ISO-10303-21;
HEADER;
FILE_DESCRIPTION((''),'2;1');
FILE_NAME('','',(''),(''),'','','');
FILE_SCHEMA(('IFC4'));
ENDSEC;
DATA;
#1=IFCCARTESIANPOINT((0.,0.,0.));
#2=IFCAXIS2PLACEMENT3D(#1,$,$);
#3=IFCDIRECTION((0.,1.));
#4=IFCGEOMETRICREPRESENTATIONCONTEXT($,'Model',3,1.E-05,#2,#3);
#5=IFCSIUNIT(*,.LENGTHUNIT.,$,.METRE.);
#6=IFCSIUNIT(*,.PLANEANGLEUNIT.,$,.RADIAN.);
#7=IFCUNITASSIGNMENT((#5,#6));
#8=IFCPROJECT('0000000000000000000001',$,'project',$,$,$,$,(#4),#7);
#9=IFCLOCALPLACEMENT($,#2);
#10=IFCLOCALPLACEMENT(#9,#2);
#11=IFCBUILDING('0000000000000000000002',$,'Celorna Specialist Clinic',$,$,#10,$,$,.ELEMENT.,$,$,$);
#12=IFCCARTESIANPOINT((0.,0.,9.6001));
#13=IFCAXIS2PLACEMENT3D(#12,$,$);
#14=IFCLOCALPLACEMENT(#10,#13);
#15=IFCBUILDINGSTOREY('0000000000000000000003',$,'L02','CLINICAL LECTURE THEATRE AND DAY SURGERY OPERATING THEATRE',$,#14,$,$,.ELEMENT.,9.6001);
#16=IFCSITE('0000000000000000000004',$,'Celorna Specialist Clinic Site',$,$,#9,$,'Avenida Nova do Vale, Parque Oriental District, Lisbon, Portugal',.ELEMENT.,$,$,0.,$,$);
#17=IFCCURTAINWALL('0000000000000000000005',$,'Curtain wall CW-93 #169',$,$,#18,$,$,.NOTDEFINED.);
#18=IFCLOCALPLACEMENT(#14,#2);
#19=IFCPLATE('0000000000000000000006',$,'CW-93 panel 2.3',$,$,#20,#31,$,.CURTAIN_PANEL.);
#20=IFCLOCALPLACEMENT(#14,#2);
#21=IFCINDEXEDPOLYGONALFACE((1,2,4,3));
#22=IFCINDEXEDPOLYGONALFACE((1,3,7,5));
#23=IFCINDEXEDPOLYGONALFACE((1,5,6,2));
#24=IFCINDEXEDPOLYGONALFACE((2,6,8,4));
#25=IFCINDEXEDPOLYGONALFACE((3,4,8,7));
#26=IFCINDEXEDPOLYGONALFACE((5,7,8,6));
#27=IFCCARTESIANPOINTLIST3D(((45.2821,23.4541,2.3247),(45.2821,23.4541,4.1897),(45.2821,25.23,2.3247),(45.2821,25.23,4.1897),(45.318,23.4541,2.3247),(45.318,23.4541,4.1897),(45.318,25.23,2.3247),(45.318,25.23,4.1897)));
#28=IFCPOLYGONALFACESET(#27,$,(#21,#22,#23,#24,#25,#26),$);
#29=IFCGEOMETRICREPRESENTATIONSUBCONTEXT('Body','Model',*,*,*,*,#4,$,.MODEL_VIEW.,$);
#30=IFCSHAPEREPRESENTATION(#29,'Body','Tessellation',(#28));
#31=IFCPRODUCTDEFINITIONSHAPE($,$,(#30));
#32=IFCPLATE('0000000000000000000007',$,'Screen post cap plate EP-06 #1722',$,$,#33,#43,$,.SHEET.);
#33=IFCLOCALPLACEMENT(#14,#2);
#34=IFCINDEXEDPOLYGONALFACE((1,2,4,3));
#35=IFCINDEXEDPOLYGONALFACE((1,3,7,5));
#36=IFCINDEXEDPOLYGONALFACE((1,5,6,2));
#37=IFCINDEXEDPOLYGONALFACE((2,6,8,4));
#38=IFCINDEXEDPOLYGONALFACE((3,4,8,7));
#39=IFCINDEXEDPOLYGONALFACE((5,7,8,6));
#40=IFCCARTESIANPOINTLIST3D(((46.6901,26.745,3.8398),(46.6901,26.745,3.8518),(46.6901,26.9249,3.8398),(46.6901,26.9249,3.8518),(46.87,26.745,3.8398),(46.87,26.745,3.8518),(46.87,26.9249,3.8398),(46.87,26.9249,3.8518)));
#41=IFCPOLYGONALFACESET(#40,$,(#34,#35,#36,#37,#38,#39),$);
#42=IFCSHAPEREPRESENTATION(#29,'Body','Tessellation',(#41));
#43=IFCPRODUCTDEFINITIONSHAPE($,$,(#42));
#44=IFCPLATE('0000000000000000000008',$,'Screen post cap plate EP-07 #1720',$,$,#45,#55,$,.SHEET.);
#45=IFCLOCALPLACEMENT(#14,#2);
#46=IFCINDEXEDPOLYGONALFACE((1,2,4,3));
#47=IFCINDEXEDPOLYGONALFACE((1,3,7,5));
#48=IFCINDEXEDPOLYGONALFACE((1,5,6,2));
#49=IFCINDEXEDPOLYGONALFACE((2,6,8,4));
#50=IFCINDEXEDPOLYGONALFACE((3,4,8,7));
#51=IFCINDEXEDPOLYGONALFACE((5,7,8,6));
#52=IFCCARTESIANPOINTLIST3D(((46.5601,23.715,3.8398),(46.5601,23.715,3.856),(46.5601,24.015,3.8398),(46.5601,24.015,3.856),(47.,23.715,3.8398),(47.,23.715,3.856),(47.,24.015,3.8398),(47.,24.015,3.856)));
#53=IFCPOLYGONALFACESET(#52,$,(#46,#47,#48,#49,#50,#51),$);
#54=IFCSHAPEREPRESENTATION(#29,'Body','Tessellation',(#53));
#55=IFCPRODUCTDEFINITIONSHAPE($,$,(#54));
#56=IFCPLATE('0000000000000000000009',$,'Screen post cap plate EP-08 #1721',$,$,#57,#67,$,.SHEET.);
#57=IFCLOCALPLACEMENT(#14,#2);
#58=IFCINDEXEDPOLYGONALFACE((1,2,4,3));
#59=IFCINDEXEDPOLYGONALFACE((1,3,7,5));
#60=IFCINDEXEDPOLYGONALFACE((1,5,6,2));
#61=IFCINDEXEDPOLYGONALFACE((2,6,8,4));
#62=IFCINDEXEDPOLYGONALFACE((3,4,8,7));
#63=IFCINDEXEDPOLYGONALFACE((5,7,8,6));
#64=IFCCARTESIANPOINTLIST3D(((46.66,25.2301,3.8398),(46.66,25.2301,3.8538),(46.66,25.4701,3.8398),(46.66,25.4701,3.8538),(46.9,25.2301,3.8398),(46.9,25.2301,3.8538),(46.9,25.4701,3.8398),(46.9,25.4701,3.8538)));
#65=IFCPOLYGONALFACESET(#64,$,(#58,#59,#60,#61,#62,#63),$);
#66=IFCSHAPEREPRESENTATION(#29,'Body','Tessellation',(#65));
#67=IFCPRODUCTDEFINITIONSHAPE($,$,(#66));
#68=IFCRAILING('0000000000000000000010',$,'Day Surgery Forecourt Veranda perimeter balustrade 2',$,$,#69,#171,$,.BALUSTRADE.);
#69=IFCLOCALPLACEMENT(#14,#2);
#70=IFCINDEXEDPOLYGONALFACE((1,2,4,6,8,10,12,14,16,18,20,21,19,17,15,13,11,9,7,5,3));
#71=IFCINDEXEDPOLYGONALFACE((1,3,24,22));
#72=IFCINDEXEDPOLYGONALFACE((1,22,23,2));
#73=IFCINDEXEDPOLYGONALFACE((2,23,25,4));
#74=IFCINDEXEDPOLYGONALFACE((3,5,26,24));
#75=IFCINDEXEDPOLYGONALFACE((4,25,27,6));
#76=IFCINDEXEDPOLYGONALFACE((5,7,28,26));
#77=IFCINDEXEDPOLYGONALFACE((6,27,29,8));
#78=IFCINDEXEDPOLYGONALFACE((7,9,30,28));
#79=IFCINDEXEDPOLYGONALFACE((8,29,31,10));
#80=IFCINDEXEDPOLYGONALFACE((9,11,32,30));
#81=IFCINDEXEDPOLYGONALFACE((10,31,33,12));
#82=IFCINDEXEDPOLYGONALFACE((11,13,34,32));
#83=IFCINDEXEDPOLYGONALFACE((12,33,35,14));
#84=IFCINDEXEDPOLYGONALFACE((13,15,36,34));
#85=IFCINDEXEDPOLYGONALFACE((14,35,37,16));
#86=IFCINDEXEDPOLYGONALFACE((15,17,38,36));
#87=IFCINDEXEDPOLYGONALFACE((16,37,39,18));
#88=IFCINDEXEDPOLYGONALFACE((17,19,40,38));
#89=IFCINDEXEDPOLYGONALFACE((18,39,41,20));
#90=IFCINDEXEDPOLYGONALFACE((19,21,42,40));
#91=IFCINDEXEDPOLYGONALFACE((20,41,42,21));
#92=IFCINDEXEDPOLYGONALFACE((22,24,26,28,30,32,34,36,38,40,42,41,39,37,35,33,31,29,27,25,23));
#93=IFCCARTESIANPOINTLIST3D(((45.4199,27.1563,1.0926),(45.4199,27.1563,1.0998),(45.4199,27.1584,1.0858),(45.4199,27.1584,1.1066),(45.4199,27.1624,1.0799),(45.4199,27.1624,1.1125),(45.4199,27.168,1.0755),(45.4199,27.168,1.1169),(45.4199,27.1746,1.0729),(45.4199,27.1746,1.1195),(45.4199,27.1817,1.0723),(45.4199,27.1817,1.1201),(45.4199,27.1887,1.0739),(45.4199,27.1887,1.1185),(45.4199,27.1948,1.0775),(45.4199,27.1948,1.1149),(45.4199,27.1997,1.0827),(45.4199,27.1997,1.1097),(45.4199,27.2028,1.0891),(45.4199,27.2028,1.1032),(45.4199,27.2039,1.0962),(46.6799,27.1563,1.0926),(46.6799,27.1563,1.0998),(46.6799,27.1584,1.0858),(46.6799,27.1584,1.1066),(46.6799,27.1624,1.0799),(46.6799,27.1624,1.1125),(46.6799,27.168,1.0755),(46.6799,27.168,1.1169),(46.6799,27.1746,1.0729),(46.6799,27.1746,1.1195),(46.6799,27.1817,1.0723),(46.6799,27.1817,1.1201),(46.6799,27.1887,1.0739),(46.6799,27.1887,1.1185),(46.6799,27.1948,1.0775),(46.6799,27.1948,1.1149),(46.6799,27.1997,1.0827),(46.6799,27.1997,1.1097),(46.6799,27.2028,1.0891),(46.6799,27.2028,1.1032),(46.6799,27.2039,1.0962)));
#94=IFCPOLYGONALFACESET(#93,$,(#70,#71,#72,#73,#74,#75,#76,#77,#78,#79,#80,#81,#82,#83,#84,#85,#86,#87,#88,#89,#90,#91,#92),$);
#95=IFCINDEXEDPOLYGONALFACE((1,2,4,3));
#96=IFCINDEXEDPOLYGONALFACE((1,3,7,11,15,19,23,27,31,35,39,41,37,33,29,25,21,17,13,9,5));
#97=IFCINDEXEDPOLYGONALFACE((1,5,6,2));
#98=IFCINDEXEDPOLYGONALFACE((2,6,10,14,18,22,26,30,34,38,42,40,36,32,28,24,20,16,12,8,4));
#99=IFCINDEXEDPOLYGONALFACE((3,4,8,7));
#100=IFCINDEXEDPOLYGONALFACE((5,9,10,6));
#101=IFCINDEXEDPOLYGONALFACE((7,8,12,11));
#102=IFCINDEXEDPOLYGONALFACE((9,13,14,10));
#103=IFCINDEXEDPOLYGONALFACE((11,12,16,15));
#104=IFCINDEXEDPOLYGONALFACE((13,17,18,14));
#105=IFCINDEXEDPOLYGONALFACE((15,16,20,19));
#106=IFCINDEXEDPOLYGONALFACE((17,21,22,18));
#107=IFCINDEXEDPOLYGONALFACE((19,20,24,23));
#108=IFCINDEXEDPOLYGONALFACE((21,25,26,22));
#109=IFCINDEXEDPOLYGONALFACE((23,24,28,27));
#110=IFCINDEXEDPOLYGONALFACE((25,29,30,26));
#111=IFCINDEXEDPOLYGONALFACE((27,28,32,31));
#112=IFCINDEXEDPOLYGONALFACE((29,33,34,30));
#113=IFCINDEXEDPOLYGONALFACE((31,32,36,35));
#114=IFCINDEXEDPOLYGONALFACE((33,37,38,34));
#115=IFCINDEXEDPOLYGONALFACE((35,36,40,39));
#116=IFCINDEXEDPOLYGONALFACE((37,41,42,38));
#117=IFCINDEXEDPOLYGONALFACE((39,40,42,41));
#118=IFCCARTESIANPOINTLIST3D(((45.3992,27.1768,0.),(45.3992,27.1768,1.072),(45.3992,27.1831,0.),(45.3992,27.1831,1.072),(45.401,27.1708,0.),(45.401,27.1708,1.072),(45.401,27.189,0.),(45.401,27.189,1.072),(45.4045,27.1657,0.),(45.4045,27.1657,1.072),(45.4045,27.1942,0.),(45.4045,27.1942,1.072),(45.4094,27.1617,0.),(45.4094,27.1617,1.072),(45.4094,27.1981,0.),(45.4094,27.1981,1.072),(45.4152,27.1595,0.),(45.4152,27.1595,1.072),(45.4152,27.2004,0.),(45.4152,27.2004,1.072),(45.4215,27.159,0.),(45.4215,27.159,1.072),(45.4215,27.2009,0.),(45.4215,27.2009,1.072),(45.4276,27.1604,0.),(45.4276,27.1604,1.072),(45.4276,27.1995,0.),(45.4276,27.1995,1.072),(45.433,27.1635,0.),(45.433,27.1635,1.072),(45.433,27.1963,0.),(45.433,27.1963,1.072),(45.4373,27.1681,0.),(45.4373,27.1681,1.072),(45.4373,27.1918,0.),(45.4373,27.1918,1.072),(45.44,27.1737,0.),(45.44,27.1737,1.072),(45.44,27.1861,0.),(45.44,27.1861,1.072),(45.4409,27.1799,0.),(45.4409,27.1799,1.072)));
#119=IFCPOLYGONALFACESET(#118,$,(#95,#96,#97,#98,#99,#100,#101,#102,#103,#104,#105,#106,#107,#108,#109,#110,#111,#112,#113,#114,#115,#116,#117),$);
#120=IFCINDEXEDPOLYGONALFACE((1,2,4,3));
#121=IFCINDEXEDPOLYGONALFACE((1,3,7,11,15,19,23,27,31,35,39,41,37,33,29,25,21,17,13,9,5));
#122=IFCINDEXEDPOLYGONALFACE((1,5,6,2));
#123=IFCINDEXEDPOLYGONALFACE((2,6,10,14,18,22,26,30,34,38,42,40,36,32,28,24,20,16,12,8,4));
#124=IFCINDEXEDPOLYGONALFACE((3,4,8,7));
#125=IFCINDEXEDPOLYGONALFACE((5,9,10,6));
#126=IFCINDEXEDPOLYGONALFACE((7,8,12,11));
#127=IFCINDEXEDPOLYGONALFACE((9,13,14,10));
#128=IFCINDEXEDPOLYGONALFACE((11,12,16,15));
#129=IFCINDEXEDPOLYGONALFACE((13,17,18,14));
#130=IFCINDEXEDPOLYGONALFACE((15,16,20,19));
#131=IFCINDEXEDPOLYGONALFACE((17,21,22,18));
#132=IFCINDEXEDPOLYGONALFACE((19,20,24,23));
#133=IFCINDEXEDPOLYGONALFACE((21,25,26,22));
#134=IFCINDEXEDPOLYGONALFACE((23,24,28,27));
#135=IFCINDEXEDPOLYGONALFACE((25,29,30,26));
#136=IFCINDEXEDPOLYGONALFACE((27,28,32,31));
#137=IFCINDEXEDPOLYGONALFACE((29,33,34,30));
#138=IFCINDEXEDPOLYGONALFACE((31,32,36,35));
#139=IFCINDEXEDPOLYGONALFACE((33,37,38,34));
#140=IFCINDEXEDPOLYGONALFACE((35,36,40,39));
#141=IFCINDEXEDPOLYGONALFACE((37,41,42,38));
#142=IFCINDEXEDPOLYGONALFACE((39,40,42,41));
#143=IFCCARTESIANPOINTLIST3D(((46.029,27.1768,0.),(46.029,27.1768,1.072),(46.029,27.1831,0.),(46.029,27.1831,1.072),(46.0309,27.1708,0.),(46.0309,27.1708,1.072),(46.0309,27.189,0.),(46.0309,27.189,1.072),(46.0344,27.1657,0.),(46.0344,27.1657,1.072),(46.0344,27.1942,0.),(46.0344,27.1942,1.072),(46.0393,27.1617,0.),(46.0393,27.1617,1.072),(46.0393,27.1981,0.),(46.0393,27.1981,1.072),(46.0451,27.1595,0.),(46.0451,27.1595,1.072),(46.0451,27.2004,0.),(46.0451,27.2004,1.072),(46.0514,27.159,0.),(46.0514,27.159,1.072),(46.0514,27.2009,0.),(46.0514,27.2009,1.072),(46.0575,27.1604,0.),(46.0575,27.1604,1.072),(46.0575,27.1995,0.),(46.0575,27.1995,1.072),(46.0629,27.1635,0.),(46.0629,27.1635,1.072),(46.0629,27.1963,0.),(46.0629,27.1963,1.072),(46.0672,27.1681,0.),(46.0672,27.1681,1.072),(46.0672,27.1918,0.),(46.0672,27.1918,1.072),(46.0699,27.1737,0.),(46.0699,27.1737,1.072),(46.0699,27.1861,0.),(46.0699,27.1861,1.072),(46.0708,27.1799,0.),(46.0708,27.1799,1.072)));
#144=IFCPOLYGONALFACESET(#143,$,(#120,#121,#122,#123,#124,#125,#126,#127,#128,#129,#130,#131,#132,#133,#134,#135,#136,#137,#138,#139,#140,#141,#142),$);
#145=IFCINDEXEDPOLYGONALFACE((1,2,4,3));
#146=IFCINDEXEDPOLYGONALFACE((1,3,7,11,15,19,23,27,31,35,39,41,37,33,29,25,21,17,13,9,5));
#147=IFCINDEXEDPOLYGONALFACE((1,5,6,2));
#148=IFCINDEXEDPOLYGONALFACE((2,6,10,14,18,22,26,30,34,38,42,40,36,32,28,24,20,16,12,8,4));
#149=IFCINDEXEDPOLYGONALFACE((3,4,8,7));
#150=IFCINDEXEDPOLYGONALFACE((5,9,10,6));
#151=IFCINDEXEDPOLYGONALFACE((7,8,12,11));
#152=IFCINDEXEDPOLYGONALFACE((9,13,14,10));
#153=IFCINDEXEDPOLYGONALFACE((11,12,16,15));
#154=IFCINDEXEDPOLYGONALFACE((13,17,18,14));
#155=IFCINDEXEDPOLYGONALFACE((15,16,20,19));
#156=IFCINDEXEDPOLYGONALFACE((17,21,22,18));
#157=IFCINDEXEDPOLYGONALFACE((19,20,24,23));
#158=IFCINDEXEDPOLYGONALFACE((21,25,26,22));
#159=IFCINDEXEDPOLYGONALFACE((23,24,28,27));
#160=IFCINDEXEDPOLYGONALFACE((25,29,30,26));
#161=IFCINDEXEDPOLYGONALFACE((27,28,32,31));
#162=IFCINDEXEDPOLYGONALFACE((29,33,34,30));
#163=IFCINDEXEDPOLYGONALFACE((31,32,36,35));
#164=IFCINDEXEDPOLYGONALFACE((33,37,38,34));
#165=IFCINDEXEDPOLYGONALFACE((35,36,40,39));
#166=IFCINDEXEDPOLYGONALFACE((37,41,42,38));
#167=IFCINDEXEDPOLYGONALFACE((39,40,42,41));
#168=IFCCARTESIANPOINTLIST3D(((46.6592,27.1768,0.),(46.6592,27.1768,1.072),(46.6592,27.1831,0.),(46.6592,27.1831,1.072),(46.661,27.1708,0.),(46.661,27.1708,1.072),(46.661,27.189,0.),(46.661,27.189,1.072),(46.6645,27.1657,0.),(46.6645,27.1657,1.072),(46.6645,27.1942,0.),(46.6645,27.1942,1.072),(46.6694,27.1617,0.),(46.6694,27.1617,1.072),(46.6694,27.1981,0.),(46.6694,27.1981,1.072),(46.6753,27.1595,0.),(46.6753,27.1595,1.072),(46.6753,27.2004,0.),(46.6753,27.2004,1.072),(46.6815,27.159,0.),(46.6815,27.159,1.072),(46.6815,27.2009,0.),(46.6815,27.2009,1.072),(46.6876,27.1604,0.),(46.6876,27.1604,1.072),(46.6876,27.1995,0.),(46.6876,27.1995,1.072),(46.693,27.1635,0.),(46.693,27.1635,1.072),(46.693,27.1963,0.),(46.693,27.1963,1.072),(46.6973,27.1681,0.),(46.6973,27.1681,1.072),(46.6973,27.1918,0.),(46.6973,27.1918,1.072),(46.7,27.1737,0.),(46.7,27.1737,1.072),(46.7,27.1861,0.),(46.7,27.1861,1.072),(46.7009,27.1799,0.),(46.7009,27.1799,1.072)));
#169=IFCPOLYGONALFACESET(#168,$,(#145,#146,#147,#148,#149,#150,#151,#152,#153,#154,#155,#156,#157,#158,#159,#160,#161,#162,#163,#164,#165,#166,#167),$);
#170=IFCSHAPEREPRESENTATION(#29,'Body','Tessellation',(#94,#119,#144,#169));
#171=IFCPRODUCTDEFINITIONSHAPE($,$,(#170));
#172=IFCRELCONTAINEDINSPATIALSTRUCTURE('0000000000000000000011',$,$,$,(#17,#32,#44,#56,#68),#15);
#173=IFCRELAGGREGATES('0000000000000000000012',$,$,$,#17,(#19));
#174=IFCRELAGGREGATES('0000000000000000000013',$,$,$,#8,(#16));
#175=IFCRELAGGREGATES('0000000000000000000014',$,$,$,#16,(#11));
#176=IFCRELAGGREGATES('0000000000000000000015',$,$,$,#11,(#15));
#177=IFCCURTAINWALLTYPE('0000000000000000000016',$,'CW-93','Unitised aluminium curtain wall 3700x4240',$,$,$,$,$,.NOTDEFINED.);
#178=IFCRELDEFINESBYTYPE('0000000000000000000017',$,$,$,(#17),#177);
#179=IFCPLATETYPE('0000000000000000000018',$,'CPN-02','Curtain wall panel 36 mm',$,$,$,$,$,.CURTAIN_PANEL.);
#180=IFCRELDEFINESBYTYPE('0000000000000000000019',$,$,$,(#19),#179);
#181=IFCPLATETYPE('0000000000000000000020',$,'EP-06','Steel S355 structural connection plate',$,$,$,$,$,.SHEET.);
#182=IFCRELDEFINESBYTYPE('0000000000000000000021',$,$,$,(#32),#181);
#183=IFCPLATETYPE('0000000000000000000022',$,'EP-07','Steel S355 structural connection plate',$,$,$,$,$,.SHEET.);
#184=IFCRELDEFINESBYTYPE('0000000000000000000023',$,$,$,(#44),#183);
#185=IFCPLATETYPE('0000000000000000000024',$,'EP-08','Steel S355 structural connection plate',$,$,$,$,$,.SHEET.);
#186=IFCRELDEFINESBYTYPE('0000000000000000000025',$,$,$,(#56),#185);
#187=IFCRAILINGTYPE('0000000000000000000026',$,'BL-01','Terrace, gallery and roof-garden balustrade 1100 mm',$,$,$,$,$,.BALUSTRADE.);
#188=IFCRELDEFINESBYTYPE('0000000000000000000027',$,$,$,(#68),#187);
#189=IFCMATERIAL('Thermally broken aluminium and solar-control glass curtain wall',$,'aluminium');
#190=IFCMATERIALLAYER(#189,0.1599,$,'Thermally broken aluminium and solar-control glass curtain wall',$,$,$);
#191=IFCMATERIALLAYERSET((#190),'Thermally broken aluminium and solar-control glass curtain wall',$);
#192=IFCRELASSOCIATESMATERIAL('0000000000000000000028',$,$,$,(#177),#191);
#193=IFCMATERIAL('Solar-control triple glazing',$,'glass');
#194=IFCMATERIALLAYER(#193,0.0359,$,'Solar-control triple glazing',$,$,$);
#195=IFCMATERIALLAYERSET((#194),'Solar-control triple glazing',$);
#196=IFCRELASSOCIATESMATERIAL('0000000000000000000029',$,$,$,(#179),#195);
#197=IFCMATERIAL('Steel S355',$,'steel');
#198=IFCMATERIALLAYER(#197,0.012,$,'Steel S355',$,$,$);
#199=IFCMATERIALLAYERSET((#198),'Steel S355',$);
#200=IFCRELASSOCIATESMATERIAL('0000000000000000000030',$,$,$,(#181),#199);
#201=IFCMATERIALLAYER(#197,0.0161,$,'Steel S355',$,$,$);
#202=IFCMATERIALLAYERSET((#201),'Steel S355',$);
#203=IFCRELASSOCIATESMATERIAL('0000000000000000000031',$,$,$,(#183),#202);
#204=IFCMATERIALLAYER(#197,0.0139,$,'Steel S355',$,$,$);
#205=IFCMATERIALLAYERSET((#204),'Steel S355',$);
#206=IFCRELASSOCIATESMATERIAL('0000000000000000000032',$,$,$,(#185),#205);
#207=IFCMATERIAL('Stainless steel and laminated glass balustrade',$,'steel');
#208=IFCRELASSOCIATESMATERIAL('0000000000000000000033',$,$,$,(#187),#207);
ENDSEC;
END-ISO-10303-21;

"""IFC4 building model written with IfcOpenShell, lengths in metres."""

from ifc_helpers import new_model, si_unit, direction, frame, origin, origin_2d, place, context, subcontext, project, spatial, rectangle, circle, extrude, material, layer, layer_set, type_object, element, aggregate, save


model = new_model("IFC4")

# Units and contexts
model_context = context("Model", 3, precision=1e-05, world=origin(), true_north=direction((0.0, 1.0)))
body_context = subcontext(model_context, "Body", "Model", "MODEL_VIEW")
ifc_project = project(units=[si_unit("LENGTHUNIT", "METRE"), si_unit("PLANEANGLEUNIT", "RADIAN")], contexts=[model_context])

# Site, building, storey
site_placement = place(None, origin())
site = spatial("IfcSite", under=ifc_project, at=site_placement, Name="Celorna Specialist Clinic Site", LongName="Avenida Nova do Vale, Parque Oriental District, Lisbon, Portugal", CompositionType="ELEMENT", RefElevation=0.0)
building_placement = place(site_placement, origin())
building = spatial("IfcBuilding", under=site, at=building_placement, Name="Celorna Specialist Clinic", CompositionType="ELEMENT")
storey_placement = place(building_placement, frame((0.0, 0.0, 9.6001)))
storey = spatial("IfcBuildingStorey", under=building, at=storey_placement, Name="L02", Description="CLINICAL LECTURE THEATRE AND DAY SURGERY OPERATING THEATRE", CompositionType="ELEMENT", Elevation=9.6001)

# Shared definitions
ifc_material_1 = material(Name="Steel S355", Category="steel")

# Curtain wall, plate
ifc_material_2 = material(Name="Thermally broken aluminium and solar-control glass curtain wall", Category="aluminium")
ifc_layer_1 = layer(ifc_material_2, 0.1599, Name="Thermally broken aluminium and solar-control glass curtain wall")
ifc_layer_set_1 = layer_set([ifc_layer_1], Name="Thermally broken aluminium and solar-control glass curtain wall")
curtain_wall_type = type_object("IfcCurtainWallType", Name="CW-93", Description="Unitised aluminium curtain wall 3700x4240", PredefinedType="NOTDEFINED", material=ifc_layer_set_1)
curtain_wall_placement = place(storey_placement, origin())
curtain_wall = element("IfcCurtainWall", 1, at=curtain_wall_placement, inside=storey, type_object=curtain_wall_type, Name="Curtain wall CW-93 #169", PredefinedType="NOTDEFINED")
ifc_material_3 = material(Name="Solar-control triple glazing", Category="glass")
ifc_layer_2 = layer(ifc_material_3, 0.0359, Name="Solar-control triple glazing")
ifc_layer_set_2 = layer_set([ifc_layer_2], Name="Solar-control triple glazing")
plate_type_1 = type_object("IfcPlateType", Name="CPN-02", Description="Curtain wall panel 36 mm", PredefinedType="CURTAIN_PANEL", material=ifc_layer_set_2)
plate_1_placement = place(storey_placement, frame((45.3, 24.342, 2.3247), z_axis=(0.0, 0.0, 1.0), x_axis=(0.0, -1.0, 0.0)))
plate_1 = element("IfcPlate", 2, at=plate_1_placement, type_object=plate_type_1, Name="CW-93 panel 2.3", PredefinedType="CURTAIN_PANEL", context=body_context, shape_type="SweptSolid", body=[
    extrude(rectangle(XDim=1.7759, YDim=0.0359, at=origin_2d()), origin(), (0.0, 0.0, 1.0), 1.865),
])
aggregate(curtain_wall, [plate_1])

# Plates
ifc_layer_3 = layer(ifc_material_1, 0.012, Name="Steel S355")
ifc_layer_set_3 = layer_set([ifc_layer_3], Name="Steel S355")
plate_type_2 = type_object("IfcPlateType", Name="EP-06", Description="Steel S355 structural connection plate", PredefinedType="SHEET", material=ifc_layer_set_3)
plate_2_placement = place(storey_placement, frame((46.78, 26.835, 3.8398), z_axis=(0.0, 0.0, 1.0), x_axis=(0.0, 1.0, 0.0)))
element("IfcPlate", 3, at=plate_2_placement, inside=storey, type_object=plate_type_2, Name="Screen post cap plate EP-06 #1722", PredefinedType="SHEET", context=body_context, shape_type="SweptSolid", body=[
    extrude(rectangle(XDim=0.1799, YDim=0.1799, at=origin_2d()), origin(), (0.0, 0.0, 1.0), 0.012),
])
ifc_layer_4 = layer(ifc_material_1, 0.0161, Name="Steel S355")
ifc_layer_set_4 = layer_set([ifc_layer_4], Name="Steel S355")
plate_type_3 = type_object("IfcPlateType", Name="EP-07", Description="Steel S355 structural connection plate", PredefinedType="SHEET", material=ifc_layer_set_4)
plate_3_placement = place(storey_placement, frame((46.78, 23.865, 3.8398), z_axis=(0.0, 0.0, 1.0), x_axis=(0.0, 1.0, 0.0)))
element("IfcPlate", 4, at=plate_3_placement, inside=storey, type_object=plate_type_3, Name="Screen post cap plate EP-07 #1720", PredefinedType="SHEET", context=body_context, shape_type="SweptSolid", body=[
    extrude(rectangle(XDim=0.3, YDim=0.4399, at=origin_2d()), origin(), (0.0, 0.0, 1.0), 0.0161),
])
ifc_layer_5 = layer(ifc_material_1, 0.0139, Name="Steel S355")
ifc_layer_set_5 = layer_set([ifc_layer_5], Name="Steel S355")
plate_type_4 = type_object("IfcPlateType", Name="EP-08", Description="Steel S355 structural connection plate", PredefinedType="SHEET", material=ifc_layer_set_5)
plate_4_placement = place(storey_placement, frame((46.78, 25.3501, 3.8398), z_axis=(0.0, 0.0, 1.0), x_axis=(0.0, 1.0, 0.0)))
element("IfcPlate", 5, at=plate_4_placement, inside=storey, type_object=plate_type_4, Name="Screen post cap plate EP-08 #1721", PredefinedType="SHEET", context=body_context, shape_type="SweptSolid", body=[
    extrude(rectangle(XDim=0.24, YDim=0.24, at=origin_2d()), origin(), (0.0, 0.0, 1.0), 0.0139),
])

# Railing
ifc_material_4 = material(Name="Stainless steel and laminated glass balustrade", Category="steel")
railing_type = type_object("IfcRailingType", Name="BL-01", Description="Terrace, gallery and roof-garden balustrade 1100 mm", PredefinedType="BALUSTRADE", material=ifc_material_4)
railing_1_placement = place(storey_placement, frame((45.4199, 27.1799, 0.0)))
element("IfcRailing", 6, at=railing_1_placement, inside=storey, type_object=railing_type, Name="Day Surgery Forecourt Veranda perimeter balustrade 2", PredefinedType="BALUSTRADE", context=body_context, shape_type="SweptSolid", body=[
    extrude(circle(Radius=0.0239, at=origin_2d()), frame((0.0, 0.0, 1.0962), z_axis=(1.0, 0.0, 0.0), x_axis=(0.0, 1.0, 0.0)), (0.0, 0.0, 1.0), 1.26),
    extrude(circle(Radius=0.021, at=origin_2d()), origin(), (0.0, 0.0, 1.0), 1.072),
    extrude(circle(Radius=0.021, at=origin_2d()), frame((0.6299, 0.0, 0.0)), (0.0, 0.0, 1.0), 1.072),
    extrude(circle(Radius=0.021, at=origin_2d()), frame((1.26, 0.0, 0.0)), (0.0, 0.0, 1.0), 1.072),
])

save(model, "model.ifc")
